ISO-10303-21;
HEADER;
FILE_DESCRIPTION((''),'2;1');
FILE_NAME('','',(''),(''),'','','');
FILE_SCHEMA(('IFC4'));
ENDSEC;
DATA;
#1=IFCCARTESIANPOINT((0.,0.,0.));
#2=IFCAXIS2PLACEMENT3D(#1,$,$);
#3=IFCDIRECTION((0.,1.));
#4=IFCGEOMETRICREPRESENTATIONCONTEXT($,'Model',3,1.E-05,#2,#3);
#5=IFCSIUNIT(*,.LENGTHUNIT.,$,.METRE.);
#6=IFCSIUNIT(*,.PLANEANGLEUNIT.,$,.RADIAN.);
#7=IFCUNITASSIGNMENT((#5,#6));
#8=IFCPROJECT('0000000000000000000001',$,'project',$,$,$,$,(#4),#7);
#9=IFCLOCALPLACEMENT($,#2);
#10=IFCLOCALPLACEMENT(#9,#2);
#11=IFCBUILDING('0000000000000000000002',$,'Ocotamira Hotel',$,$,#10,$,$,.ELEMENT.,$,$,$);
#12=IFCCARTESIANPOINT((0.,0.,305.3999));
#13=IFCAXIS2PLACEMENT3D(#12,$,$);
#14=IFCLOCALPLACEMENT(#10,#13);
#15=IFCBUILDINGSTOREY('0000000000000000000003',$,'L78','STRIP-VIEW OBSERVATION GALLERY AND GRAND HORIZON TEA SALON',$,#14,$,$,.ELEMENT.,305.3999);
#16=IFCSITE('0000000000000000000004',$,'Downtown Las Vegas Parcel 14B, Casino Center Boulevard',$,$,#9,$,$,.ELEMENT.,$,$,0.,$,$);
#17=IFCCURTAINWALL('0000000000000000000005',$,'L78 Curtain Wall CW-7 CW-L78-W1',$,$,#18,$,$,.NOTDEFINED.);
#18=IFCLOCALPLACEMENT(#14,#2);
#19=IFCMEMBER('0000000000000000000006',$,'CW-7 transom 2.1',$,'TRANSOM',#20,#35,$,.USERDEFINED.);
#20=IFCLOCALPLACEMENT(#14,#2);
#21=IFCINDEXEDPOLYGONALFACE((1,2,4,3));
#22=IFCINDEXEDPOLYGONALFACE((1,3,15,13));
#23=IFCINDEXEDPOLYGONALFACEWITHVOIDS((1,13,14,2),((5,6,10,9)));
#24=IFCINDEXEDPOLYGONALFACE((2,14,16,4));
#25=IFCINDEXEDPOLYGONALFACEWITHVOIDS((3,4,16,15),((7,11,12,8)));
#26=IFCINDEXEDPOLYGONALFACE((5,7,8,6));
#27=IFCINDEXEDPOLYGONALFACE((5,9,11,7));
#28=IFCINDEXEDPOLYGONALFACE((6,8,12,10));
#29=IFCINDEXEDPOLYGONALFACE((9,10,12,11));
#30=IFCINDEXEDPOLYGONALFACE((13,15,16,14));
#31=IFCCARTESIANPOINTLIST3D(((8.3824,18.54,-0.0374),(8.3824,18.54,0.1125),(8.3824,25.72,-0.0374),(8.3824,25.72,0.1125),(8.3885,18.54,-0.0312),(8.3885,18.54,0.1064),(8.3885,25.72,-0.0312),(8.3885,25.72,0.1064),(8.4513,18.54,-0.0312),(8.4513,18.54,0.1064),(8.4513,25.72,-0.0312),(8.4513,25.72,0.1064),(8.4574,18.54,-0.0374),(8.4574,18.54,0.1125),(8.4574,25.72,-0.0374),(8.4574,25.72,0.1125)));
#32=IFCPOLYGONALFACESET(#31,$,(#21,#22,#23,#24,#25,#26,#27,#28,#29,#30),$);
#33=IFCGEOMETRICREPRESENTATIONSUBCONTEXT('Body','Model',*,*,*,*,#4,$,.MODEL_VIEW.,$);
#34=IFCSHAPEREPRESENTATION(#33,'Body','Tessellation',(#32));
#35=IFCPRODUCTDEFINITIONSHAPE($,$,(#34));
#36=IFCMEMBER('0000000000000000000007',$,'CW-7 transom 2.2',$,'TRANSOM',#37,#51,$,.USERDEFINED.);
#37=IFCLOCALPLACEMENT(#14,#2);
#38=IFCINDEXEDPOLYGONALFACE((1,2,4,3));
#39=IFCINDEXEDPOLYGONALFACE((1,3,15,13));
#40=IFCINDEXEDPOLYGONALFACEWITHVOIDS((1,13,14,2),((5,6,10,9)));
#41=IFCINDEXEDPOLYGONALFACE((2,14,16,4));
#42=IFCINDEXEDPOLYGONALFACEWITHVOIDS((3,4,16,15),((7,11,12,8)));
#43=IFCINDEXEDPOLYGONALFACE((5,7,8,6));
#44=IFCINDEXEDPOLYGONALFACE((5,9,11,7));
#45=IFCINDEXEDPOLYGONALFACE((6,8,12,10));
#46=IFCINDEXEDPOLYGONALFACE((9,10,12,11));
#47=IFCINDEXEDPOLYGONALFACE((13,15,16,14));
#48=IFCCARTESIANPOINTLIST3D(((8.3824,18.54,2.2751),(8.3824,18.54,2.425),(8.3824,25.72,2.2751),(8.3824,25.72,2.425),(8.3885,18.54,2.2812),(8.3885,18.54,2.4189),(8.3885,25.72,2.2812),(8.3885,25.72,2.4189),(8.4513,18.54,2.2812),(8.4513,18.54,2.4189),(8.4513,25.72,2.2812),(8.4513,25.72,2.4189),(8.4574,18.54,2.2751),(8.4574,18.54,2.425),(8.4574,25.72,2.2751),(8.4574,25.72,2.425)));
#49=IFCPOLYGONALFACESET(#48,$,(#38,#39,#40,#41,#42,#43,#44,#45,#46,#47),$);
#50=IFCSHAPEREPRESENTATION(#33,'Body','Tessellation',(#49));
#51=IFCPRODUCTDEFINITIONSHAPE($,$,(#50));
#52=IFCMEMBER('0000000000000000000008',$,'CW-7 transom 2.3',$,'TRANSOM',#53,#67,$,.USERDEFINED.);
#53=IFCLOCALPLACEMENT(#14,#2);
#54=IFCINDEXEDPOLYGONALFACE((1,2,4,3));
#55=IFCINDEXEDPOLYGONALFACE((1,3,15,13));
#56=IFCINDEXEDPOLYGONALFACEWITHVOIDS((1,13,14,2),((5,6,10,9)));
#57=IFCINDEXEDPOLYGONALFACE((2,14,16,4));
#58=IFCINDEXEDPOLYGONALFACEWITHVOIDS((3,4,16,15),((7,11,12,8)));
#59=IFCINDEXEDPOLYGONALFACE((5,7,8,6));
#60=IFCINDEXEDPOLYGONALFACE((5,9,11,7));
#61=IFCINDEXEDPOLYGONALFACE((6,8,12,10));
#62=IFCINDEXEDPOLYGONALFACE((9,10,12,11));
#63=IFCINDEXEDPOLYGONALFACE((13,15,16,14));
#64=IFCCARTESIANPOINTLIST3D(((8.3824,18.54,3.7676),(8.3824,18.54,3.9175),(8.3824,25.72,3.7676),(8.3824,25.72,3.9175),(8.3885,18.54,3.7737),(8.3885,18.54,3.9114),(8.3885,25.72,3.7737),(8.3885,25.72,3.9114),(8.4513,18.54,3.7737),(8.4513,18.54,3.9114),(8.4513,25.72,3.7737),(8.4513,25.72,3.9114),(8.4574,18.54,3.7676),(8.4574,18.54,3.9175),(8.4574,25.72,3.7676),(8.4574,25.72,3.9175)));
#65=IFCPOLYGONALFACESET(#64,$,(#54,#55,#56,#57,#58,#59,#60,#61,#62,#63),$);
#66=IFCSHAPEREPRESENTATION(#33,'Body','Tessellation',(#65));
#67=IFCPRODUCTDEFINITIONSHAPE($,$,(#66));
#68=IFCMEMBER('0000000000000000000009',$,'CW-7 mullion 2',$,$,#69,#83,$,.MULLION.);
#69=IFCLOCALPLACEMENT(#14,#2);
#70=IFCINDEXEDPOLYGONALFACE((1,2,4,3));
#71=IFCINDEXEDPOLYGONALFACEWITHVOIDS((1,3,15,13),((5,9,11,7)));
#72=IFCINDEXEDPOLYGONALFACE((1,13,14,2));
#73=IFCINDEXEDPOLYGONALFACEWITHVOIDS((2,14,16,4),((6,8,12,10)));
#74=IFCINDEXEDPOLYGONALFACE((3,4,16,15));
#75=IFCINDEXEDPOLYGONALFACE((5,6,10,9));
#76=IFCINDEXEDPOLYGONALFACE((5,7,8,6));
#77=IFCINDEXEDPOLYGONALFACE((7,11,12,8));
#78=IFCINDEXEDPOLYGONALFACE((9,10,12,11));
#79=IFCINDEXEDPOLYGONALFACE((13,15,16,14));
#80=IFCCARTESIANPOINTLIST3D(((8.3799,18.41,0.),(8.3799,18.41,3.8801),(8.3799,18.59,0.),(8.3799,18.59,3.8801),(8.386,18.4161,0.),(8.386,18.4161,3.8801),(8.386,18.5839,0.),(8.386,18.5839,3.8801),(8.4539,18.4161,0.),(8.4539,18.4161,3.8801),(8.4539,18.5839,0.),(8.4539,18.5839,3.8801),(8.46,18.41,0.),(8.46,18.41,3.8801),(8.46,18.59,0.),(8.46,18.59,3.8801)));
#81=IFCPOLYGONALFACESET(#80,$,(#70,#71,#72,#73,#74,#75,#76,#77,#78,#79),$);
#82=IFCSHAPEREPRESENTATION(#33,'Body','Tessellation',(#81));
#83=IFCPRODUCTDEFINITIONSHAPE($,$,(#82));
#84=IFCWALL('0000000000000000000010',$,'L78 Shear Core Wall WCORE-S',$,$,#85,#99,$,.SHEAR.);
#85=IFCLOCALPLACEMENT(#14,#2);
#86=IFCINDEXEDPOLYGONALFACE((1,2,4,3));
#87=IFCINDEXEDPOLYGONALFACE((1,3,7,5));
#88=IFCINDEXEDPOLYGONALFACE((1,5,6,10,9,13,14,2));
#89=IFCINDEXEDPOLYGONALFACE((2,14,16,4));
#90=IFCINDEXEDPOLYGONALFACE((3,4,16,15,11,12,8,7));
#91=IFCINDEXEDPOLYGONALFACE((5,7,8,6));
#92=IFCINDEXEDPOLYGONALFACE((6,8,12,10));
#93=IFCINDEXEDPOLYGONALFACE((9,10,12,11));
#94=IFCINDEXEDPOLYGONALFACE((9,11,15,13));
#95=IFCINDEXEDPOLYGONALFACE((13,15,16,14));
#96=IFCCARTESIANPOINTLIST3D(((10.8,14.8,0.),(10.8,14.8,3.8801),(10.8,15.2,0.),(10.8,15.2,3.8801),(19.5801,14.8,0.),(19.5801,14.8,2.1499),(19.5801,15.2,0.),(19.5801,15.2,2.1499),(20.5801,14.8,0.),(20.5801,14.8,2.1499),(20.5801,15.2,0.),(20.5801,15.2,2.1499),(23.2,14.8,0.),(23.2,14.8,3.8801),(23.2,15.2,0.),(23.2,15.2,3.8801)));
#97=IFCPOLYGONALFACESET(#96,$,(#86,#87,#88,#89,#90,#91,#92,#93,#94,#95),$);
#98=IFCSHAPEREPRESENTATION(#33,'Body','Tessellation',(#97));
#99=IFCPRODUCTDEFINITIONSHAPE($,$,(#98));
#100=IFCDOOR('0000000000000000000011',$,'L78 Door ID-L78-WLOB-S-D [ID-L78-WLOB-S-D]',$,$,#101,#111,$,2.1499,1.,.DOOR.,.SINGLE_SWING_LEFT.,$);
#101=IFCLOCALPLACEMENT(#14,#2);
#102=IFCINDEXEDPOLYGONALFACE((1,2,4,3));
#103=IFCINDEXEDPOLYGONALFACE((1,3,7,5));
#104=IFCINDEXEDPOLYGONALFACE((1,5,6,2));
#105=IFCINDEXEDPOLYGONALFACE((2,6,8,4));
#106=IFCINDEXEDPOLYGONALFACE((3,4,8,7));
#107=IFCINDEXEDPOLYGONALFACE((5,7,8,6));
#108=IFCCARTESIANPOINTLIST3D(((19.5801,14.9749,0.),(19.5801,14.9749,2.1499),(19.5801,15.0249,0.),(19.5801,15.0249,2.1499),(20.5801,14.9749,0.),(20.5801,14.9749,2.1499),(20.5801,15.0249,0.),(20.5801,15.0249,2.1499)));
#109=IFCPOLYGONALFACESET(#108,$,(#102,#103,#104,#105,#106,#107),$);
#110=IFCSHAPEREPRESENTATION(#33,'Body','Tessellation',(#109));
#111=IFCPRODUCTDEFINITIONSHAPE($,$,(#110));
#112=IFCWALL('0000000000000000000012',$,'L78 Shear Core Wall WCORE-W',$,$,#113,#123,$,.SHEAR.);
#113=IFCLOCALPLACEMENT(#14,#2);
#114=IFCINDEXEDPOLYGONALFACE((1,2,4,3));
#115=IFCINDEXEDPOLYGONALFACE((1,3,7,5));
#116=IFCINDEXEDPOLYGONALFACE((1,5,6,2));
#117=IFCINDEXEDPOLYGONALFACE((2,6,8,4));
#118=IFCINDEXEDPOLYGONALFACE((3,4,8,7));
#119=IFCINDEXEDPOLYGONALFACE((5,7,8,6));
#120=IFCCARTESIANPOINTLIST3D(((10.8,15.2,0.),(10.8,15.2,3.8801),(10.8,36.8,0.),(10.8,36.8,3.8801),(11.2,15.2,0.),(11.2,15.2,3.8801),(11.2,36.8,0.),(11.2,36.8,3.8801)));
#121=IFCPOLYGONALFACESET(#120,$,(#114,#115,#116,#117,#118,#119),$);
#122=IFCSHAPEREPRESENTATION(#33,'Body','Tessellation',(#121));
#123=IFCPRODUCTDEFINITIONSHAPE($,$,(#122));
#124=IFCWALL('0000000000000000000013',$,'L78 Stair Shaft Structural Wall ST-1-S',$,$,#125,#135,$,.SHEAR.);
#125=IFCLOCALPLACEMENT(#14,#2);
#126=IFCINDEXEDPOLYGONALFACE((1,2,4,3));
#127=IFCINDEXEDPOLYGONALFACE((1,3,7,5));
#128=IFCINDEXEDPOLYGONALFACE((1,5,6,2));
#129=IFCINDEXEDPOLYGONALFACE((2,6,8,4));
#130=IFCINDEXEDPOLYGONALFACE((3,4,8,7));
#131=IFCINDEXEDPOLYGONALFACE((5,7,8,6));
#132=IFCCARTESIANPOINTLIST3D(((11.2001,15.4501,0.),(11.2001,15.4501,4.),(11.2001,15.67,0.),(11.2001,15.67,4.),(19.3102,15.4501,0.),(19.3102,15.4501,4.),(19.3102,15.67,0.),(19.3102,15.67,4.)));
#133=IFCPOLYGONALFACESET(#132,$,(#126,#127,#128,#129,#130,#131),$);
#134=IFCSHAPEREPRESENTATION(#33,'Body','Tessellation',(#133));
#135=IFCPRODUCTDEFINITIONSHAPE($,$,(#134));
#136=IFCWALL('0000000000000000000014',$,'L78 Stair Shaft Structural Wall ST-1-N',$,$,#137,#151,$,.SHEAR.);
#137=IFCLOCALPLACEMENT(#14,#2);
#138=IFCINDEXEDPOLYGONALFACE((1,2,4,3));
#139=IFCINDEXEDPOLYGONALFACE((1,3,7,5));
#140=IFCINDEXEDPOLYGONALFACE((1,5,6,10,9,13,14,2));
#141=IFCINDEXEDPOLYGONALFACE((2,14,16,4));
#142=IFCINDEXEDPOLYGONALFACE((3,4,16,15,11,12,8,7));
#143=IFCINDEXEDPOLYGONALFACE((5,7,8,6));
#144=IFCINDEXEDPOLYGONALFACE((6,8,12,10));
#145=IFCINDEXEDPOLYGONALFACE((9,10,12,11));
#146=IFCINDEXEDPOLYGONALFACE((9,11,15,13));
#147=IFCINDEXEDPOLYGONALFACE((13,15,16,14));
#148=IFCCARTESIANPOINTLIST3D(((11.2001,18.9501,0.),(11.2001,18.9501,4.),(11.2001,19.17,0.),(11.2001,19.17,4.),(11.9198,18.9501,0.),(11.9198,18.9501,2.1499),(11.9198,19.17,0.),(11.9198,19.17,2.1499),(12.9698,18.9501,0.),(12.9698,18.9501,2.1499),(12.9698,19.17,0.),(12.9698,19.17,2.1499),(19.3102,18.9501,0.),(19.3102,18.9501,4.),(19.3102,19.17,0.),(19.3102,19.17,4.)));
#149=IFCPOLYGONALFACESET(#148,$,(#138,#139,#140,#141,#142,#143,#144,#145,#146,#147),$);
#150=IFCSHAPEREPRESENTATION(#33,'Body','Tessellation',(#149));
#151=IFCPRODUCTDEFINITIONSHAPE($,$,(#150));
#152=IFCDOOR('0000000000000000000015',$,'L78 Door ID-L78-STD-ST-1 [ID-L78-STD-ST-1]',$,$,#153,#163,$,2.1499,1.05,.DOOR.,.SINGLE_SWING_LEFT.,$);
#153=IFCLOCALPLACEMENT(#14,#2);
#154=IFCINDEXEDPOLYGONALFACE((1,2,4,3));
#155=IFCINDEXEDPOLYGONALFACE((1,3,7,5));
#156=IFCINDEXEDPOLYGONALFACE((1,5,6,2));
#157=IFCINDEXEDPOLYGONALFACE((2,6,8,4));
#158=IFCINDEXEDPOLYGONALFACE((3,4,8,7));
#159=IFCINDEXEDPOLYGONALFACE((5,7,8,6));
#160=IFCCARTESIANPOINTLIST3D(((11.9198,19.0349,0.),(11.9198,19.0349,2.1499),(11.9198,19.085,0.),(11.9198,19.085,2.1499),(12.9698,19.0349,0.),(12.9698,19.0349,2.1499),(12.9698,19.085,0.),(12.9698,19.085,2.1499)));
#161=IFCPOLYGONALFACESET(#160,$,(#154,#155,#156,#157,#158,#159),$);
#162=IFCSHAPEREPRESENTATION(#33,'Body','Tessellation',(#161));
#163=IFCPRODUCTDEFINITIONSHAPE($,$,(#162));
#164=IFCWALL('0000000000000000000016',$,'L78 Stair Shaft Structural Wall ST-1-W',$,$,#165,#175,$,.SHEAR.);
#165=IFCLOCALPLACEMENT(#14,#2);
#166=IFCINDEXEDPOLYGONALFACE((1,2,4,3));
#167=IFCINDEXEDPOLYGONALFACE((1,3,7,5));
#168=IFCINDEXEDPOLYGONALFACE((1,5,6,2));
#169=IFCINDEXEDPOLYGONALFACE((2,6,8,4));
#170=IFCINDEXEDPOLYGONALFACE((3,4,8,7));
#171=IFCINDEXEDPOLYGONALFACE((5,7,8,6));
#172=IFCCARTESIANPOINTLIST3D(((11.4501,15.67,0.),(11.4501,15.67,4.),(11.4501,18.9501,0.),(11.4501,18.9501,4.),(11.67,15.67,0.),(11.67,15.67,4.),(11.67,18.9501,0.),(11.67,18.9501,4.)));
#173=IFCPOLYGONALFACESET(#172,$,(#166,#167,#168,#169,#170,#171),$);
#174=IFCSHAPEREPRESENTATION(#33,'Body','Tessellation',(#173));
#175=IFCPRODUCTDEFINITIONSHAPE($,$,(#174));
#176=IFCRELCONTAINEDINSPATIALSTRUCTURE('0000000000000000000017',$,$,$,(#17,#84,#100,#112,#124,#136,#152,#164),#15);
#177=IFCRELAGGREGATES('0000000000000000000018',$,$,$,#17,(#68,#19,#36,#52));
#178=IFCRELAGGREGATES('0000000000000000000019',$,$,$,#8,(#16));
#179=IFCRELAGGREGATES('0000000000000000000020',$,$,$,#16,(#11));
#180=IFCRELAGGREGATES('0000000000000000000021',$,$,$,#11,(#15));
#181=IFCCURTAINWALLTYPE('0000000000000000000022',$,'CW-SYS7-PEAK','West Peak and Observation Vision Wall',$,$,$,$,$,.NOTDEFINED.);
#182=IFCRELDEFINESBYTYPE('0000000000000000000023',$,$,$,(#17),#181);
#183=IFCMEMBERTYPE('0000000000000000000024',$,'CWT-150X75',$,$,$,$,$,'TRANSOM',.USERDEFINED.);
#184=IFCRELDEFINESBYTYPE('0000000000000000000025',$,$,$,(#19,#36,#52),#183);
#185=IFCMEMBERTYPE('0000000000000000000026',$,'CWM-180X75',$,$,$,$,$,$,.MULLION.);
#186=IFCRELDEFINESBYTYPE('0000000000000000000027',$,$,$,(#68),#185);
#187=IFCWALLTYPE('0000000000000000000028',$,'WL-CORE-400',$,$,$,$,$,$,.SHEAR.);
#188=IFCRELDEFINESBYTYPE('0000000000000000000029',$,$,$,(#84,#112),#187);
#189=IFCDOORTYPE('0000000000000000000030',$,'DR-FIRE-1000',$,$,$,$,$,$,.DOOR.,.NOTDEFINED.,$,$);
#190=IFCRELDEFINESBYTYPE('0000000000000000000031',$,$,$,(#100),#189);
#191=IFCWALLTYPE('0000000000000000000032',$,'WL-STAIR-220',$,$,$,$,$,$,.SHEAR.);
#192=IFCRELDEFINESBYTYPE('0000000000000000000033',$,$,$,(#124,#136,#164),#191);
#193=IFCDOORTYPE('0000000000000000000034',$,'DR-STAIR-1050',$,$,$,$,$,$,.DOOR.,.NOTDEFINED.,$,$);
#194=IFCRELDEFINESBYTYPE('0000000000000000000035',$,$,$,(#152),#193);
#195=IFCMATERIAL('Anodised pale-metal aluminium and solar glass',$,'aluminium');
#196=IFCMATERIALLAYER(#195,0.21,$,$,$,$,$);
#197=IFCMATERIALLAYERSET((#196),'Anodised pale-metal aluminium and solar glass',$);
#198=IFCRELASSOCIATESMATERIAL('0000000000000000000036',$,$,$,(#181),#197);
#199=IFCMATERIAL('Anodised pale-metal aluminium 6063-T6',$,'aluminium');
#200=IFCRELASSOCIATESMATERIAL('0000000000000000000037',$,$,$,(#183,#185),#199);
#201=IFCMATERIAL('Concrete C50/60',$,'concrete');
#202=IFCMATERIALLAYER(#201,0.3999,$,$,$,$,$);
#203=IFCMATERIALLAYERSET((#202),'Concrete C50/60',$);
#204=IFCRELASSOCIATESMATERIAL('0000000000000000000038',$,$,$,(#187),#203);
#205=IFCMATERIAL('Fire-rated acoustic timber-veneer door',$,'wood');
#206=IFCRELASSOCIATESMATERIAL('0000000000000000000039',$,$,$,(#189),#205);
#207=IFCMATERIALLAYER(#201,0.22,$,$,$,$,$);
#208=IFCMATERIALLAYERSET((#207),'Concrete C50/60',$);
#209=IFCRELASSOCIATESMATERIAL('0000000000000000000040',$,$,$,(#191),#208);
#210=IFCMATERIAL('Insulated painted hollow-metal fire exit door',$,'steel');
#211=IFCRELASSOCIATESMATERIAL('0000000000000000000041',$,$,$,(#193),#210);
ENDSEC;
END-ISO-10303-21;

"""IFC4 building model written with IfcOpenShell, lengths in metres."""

from ifc_helpers import new_model, si_unit, direction, frame, frame_2d, origin, origin_2d, place, context, subcontext, project, spatial, rectangle, hollow_rectangle, extrude, source, transform, mapped, material, layer, layer_set, material_profile, profile_set, type_object, element, fill, aggregate, save


model = new_model("IFC4")

# Units and contexts
model_context = context("Model", 3, precision=1e-05, world=origin(), true_north=direction((0.0, 1.0)))
body_context = subcontext(model_context, "Body", "Model", "MODEL_VIEW")
ifc_project = project(units=[si_unit("LENGTHUNIT", "METRE"), si_unit("PLANEANGLEUNIT", "RADIAN")], contexts=[model_context])

# Site, building, storey
site_placement = place(None, origin())
site = spatial("IfcSite", under=ifc_project, at=site_placement, Name="Downtown Las Vegas Parcel 14B, Casino Center Boulevard", CompositionType="ELEMENT", RefElevation=0.0)
building_placement = place(site_placement, origin())
building = spatial("IfcBuilding", under=site, at=building_placement, Name="Ocotamira Hotel", CompositionType="ELEMENT")
storey_placement = place(building_placement, frame((0.0, 0.0, 305.3999)))
storey = spatial("IfcBuildingStorey", under=building, at=storey_placement, Name="L78", Description="STRIP-VIEW OBSERVATION GALLERY AND GRAND HORIZON TEA SALON", CompositionType="ELEMENT", Elevation=305.3999)

# Curtain wall, members
ifc_material_1 = material(Name="Anodised pale-metal aluminium and solar glass", Category="aluminium")
ifc_layer_1 = layer(ifc_material_1, 0.21)
ifc_layer_set_1 = layer_set([ifc_layer_1], Name="Anodised pale-metal aluminium and solar glass")
curtain_wall_type = type_object("IfcCurtainWallType", Name="CW-SYS7-PEAK", Description="West Peak and Observation Vision Wall", PredefinedType="NOTDEFINED", material=ifc_layer_set_1)
curtain_wall_placement = place(storey_placement, origin())
curtain_wall = element("IfcCurtainWall", 1, at=curtain_wall_placement, inside=storey, type_object=curtain_wall_type, Name="L78 Curtain Wall CW-7 CW-L78-W1", PredefinedType="NOTDEFINED")
ifc_material_2 = material(Name="Anodised pale-metal aluminium 6063-T6", Category="aluminium")
ifc_material_profile_1 = material_profile(ifc_material_2, hollow_rectangle(XDim=0.075, YDim=0.1499, WallThickness=0.0061, at=origin_2d()), Name="HSS150X75X6")
ifc_profile_set_1 = profile_set([ifc_material_profile_1], Name="Anodised pale-metal aluminium 6063-T6")
member_type_1 = type_object("IfcMemberType", Name="CWT-150X75", ElementType="TRANSOM", PredefinedType="USERDEFINED", material=ifc_profile_set_1)
shared_shape_1 = source(origin(), body_context, "Body", "SweptSolid", [
    extrude(hollow_rectangle(XDim=0.075, YDim=0.1499, WallThickness=0.0061, at=origin_2d()), origin(), (0.0, 0.0, 1.0), 7.1799),
])
member_1_placement = place(storey_placement, frame((8.4199, 18.54, 0.0376), z_axis=(0.0, 1.0, 0.0), x_axis=(-1.0, 0.0, 0.0)))
member_1 = element("IfcMember", 2, at=member_1_placement, type_object=member_type_1, Name="CW-7 transom 2.1", ObjectType="TRANSOM", PredefinedType="USERDEFINED", context=body_context, shape_type="MappedRepresentation", body=[
    mapped(shared_shape_1, transform((0.0, 0.0, 0.0), scale=1.0)),
])
member_2_placement = place(storey_placement, frame((8.4199, 18.54, 2.3501), z_axis=(0.0, 1.0, 0.0), x_axis=(-1.0, 0.0, 0.0)))
member_2 = element("IfcMember", 3, at=member_2_placement, type_object=member_type_1, Name="CW-7 transom 2.2", ObjectType="TRANSOM", PredefinedType="USERDEFINED", context=body_context, shape_type="MappedRepresentation", body=[
    mapped(shared_shape_1, transform((0.0, 0.0, 0.0), scale=1.0)),
])
member_3_placement = place(storey_placement, frame((8.4199, 18.54, 3.8425), z_axis=(0.0, 1.0, 0.0), x_axis=(-1.0, 0.0, 0.0)))
member_3 = element("IfcMember", 4, at=member_3_placement, type_object=member_type_1, Name="CW-7 transom 2.3", ObjectType="TRANSOM", PredefinedType="USERDEFINED", context=body_context, shape_type="MappedRepresentation", body=[
    mapped(shared_shape_1, transform((0.0, 0.0, 0.0), scale=1.0)),
])
ifc_material_profile_2 = material_profile(ifc_material_2, hollow_rectangle(XDim=0.0801, YDim=0.1799, WallThickness=0.0061, at=origin_2d()), Name="HSS180X80X6")
ifc_profile_set_2 = profile_set([ifc_material_profile_2], Name="Anodised pale-metal aluminium 6063-T6")
member_type_2 = type_object("IfcMemberType", Name="CWM-180X75", PredefinedType="MULLION", material=ifc_profile_set_2)
shared_shape_2 = source(origin(), body_context, "Body", "SweptSolid", [
    extrude(hollow_rectangle(XDim=0.0801, YDim=0.1799, WallThickness=0.0061, at=origin_2d()), origin(), (0.0, 0.0, 1.0), 3.8801),
])
member_4_placement = place(storey_placement, frame((8.4199, 18.5, 0.0), z_axis=(0.0, 0.0, 1.0), x_axis=(-1.0, 0.0, 0.0)))
member_4 = element("IfcMember", 5, at=member_4_placement, type_object=member_type_2, Name="CW-7 mullion 2", PredefinedType="MULLION", context=body_context, shape_type="MappedRepresentation", body=[
    mapped(shared_shape_2, transform((0.0, 0.0, 0.0), scale=1.0)),
])
aggregate(curtain_wall, [member_4, member_1, member_2, member_3])

# Wall, opening, door
ifc_material_3 = material(Name="Concrete C50/60", Category="concrete")
ifc_layer_2 = layer(ifc_material_3, 0.3999)
ifc_layer_set_2 = layer_set([ifc_layer_2], Name="Concrete C50/60")
wall_type_1 = type_object("IfcWallType", Name="WL-CORE-400", PredefinedType="SHEAR", material=ifc_layer_set_2)
wall_1_placement = place(storey_placement, frame((10.8, 15.0, 0.0), z_axis=(0.0, 0.0, 1.0), x_axis=(1.0, 0.0, 0.0)))
wall_1 = element("IfcWall", 6, at=wall_1_placement, inside=storey, type_object=wall_type_1, Name="L78 Shear Core Wall WCORE-S", PredefinedType="SHEAR", context=body_context, shape_type="SweptSolid", body=[
    extrude(rectangle(XDim=12.3999, YDim=0.3999, at=frame_2d((6.2, 0.0))), origin(), (0.0, 0.0, 1.0), 3.8801),
])
opening_1_placement = place(wall_1_placement, frame((8.78, 0.0, 0.0)))
opening_1 = element("IfcOpeningElement", 7, at=opening_1_placement, cuts=wall_1, PredefinedType="OPENING", context=body_context, shape_type="SweptSolid", body=[
    extrude(rectangle(XDim=1.0, YDim=2.1499, at=frame_2d((0.5, 1.075))), frame((0.0, 0.21, 0.0), z_axis=(0.0, -1.0, 0.0), x_axis=(1.0, 0.0, 0.0)), (0.0, 0.0, 1.0), 0.4199),
])
ifc_material_4 = material(Name="Fire-rated acoustic timber-veneer door", Category="wood")
door_type_1 = type_object("IfcDoorType", Name="DR-FIRE-1000", OperationType="NOTDEFINED", PredefinedType="DOOR", material=ifc_material_4)
shared_shape_3 = source(origin(), body_context, "Body", "SweptSolid", [
    extrude(rectangle(XDim=1.0, YDim=2.1499, at=frame_2d((0.5, 1.075))), frame((0.0, 0.0249, 0.0), z_axis=(0.0, -1.0, 0.0), x_axis=(1.0, 0.0, 0.0)), (0.0, 0.0, 1.0), 0.05),
])
door_1_placement = place(opening_1_placement, origin())
door_1 = element("IfcDoor", 8, at=door_1_placement, inside=storey, type_object=door_type_1, Name="L78 Door ID-L78-WLOB-S-D [ID-L78-WLOB-S-D]", OperationType="SINGLE_SWING_LEFT", OverallHeight=2.1499, OverallWidth=1.0, PredefinedType="DOOR", context=body_context, shape_type="MappedRepresentation", body=[
    mapped(shared_shape_3, transform((0.0, 0.0, 0.0), scale=1.0)),
])
fill(opening_1, door_1)

# Wall
wall_2_placement = place(storey_placement, frame((11.0, 15.2, 0.0), z_axis=(0.0, 0.0, 1.0), x_axis=(0.0, 1.0, 0.0)))
element("IfcWall", 9, at=wall_2_placement, inside=storey, type_object=wall_type_1, Name="L78 Shear Core Wall WCORE-W", PredefinedType="SHEAR", context=body_context, shape_type="SweptSolid", body=[
    extrude(rectangle(XDim=21.6001, YDim=0.3999, at=frame_2d((10.8, 0.0))), origin(), (0.0, 0.0, 1.0), 3.8801),
])

# Wall
ifc_layer_3 = layer(ifc_material_3, 0.22)
ifc_layer_set_3 = layer_set([ifc_layer_3], Name="Concrete C50/60")
wall_type_2 = type_object("IfcWallType", Name="WL-STAIR-220", PredefinedType="SHEAR", material=ifc_layer_set_3)
wall_3_placement = place(storey_placement, frame((11.2, 15.5601, 0.0), z_axis=(0.0, 0.0, 1.0), x_axis=(1.0, 0.0, 0.0)))
element("IfcWall", 10, at=wall_3_placement, inside=storey, type_object=wall_type_2, Name="L78 Stair Shaft Structural Wall ST-1-S", PredefinedType="SHEAR", context=body_context, shape_type="SweptSolid", body=[
    extrude(rectangle(XDim=8.1101, YDim=0.22, at=frame_2d((4.0552, 0.0))), origin(), (0.0, 0.0, 1.0), 4.0),
])

# Wall, opening, door
wall_4_placement = place(storey_placement, frame((11.2, 19.0601, 0.0), z_axis=(0.0, 0.0, 1.0), x_axis=(1.0, 0.0, 0.0)))
wall_4 = element("IfcWall", 11, at=wall_4_placement, inside=storey, type_object=wall_type_2, Name="L78 Stair Shaft Structural Wall ST-1-N", PredefinedType="SHEAR", context=body_context, shape_type="SweptSolid", body=[
    extrude(rectangle(XDim=8.1101, YDim=0.22, at=frame_2d((4.0552, 0.0))), origin(), (0.0, 0.0, 1.0), 4.0),
])
opening_2_placement = place(wall_4_placement, frame((0.72, 0.0, 0.0)))
opening_2 = element("IfcOpeningElement", 12, at=opening_2_placement, cuts=wall_4, PredefinedType="OPENING", context=body_context, shape_type="SweptSolid", body=[
    extrude(rectangle(XDim=1.05, YDim=2.1499, at=frame_2d((0.5249, 1.075))), frame((0.0, 0.1201, 0.0), z_axis=(0.0, -1.0, 0.0), x_axis=(1.0, 0.0, 0.0)), (0.0, 0.0, 1.0), 0.24),
])
ifc_material_5 = material(Name="Insulated painted hollow-metal fire exit door", Category="steel")
door_type_2 = type_object("IfcDoorType", Name="DR-STAIR-1050", OperationType="NOTDEFINED", PredefinedType="DOOR", material=ifc_material_5)
shared_shape_4 = source(origin(), body_context, "Body", "SweptSolid", [
    extrude(rectangle(XDim=1.05, YDim=2.1499, at=frame_2d((0.5249, 1.075))), frame((0.0, 0.0249, 0.0), z_axis=(0.0, -1.0, 0.0), x_axis=(1.0, 0.0, 0.0)), (0.0, 0.0, 1.0), 0.05),
])
door_2_placement = place(opening_2_placement, origin())
door_2 = element("IfcDoor", 13, at=door_2_placement, inside=storey, type_object=door_type_2, Name="L78 Door ID-L78-STD-ST-1 [ID-L78-STD-ST-1]", OperationType="SINGLE_SWING_LEFT", OverallHeight=2.1499, OverallWidth=1.05, PredefinedType="DOOR", context=body_context, shape_type="MappedRepresentation", body=[
    mapped(shared_shape_4, transform((0.0, 0.0, 0.0), scale=1.0)),
])
fill(opening_2, door_2)

# Wall
wall_5_placement = place(storey_placement, frame((11.5601, 15.6699, 0.0), z_axis=(0.0, 0.0, 1.0), x_axis=(0.0, 1.0, 0.0)))
element("IfcWall", 14, at=wall_5_placement, inside=storey, type_object=wall_type_2, Name="L78 Stair Shaft Structural Wall ST-1-W", PredefinedType="SHEAR", context=body_context, shape_type="SweptSolid", body=[
    extrude(rectangle(XDim=3.28, YDim=0.22, at=frame_2d((1.6401, 0.0))), origin(), (0.0, 0.0, 1.0), 4.0),
])

save(model, "model.ifc")
